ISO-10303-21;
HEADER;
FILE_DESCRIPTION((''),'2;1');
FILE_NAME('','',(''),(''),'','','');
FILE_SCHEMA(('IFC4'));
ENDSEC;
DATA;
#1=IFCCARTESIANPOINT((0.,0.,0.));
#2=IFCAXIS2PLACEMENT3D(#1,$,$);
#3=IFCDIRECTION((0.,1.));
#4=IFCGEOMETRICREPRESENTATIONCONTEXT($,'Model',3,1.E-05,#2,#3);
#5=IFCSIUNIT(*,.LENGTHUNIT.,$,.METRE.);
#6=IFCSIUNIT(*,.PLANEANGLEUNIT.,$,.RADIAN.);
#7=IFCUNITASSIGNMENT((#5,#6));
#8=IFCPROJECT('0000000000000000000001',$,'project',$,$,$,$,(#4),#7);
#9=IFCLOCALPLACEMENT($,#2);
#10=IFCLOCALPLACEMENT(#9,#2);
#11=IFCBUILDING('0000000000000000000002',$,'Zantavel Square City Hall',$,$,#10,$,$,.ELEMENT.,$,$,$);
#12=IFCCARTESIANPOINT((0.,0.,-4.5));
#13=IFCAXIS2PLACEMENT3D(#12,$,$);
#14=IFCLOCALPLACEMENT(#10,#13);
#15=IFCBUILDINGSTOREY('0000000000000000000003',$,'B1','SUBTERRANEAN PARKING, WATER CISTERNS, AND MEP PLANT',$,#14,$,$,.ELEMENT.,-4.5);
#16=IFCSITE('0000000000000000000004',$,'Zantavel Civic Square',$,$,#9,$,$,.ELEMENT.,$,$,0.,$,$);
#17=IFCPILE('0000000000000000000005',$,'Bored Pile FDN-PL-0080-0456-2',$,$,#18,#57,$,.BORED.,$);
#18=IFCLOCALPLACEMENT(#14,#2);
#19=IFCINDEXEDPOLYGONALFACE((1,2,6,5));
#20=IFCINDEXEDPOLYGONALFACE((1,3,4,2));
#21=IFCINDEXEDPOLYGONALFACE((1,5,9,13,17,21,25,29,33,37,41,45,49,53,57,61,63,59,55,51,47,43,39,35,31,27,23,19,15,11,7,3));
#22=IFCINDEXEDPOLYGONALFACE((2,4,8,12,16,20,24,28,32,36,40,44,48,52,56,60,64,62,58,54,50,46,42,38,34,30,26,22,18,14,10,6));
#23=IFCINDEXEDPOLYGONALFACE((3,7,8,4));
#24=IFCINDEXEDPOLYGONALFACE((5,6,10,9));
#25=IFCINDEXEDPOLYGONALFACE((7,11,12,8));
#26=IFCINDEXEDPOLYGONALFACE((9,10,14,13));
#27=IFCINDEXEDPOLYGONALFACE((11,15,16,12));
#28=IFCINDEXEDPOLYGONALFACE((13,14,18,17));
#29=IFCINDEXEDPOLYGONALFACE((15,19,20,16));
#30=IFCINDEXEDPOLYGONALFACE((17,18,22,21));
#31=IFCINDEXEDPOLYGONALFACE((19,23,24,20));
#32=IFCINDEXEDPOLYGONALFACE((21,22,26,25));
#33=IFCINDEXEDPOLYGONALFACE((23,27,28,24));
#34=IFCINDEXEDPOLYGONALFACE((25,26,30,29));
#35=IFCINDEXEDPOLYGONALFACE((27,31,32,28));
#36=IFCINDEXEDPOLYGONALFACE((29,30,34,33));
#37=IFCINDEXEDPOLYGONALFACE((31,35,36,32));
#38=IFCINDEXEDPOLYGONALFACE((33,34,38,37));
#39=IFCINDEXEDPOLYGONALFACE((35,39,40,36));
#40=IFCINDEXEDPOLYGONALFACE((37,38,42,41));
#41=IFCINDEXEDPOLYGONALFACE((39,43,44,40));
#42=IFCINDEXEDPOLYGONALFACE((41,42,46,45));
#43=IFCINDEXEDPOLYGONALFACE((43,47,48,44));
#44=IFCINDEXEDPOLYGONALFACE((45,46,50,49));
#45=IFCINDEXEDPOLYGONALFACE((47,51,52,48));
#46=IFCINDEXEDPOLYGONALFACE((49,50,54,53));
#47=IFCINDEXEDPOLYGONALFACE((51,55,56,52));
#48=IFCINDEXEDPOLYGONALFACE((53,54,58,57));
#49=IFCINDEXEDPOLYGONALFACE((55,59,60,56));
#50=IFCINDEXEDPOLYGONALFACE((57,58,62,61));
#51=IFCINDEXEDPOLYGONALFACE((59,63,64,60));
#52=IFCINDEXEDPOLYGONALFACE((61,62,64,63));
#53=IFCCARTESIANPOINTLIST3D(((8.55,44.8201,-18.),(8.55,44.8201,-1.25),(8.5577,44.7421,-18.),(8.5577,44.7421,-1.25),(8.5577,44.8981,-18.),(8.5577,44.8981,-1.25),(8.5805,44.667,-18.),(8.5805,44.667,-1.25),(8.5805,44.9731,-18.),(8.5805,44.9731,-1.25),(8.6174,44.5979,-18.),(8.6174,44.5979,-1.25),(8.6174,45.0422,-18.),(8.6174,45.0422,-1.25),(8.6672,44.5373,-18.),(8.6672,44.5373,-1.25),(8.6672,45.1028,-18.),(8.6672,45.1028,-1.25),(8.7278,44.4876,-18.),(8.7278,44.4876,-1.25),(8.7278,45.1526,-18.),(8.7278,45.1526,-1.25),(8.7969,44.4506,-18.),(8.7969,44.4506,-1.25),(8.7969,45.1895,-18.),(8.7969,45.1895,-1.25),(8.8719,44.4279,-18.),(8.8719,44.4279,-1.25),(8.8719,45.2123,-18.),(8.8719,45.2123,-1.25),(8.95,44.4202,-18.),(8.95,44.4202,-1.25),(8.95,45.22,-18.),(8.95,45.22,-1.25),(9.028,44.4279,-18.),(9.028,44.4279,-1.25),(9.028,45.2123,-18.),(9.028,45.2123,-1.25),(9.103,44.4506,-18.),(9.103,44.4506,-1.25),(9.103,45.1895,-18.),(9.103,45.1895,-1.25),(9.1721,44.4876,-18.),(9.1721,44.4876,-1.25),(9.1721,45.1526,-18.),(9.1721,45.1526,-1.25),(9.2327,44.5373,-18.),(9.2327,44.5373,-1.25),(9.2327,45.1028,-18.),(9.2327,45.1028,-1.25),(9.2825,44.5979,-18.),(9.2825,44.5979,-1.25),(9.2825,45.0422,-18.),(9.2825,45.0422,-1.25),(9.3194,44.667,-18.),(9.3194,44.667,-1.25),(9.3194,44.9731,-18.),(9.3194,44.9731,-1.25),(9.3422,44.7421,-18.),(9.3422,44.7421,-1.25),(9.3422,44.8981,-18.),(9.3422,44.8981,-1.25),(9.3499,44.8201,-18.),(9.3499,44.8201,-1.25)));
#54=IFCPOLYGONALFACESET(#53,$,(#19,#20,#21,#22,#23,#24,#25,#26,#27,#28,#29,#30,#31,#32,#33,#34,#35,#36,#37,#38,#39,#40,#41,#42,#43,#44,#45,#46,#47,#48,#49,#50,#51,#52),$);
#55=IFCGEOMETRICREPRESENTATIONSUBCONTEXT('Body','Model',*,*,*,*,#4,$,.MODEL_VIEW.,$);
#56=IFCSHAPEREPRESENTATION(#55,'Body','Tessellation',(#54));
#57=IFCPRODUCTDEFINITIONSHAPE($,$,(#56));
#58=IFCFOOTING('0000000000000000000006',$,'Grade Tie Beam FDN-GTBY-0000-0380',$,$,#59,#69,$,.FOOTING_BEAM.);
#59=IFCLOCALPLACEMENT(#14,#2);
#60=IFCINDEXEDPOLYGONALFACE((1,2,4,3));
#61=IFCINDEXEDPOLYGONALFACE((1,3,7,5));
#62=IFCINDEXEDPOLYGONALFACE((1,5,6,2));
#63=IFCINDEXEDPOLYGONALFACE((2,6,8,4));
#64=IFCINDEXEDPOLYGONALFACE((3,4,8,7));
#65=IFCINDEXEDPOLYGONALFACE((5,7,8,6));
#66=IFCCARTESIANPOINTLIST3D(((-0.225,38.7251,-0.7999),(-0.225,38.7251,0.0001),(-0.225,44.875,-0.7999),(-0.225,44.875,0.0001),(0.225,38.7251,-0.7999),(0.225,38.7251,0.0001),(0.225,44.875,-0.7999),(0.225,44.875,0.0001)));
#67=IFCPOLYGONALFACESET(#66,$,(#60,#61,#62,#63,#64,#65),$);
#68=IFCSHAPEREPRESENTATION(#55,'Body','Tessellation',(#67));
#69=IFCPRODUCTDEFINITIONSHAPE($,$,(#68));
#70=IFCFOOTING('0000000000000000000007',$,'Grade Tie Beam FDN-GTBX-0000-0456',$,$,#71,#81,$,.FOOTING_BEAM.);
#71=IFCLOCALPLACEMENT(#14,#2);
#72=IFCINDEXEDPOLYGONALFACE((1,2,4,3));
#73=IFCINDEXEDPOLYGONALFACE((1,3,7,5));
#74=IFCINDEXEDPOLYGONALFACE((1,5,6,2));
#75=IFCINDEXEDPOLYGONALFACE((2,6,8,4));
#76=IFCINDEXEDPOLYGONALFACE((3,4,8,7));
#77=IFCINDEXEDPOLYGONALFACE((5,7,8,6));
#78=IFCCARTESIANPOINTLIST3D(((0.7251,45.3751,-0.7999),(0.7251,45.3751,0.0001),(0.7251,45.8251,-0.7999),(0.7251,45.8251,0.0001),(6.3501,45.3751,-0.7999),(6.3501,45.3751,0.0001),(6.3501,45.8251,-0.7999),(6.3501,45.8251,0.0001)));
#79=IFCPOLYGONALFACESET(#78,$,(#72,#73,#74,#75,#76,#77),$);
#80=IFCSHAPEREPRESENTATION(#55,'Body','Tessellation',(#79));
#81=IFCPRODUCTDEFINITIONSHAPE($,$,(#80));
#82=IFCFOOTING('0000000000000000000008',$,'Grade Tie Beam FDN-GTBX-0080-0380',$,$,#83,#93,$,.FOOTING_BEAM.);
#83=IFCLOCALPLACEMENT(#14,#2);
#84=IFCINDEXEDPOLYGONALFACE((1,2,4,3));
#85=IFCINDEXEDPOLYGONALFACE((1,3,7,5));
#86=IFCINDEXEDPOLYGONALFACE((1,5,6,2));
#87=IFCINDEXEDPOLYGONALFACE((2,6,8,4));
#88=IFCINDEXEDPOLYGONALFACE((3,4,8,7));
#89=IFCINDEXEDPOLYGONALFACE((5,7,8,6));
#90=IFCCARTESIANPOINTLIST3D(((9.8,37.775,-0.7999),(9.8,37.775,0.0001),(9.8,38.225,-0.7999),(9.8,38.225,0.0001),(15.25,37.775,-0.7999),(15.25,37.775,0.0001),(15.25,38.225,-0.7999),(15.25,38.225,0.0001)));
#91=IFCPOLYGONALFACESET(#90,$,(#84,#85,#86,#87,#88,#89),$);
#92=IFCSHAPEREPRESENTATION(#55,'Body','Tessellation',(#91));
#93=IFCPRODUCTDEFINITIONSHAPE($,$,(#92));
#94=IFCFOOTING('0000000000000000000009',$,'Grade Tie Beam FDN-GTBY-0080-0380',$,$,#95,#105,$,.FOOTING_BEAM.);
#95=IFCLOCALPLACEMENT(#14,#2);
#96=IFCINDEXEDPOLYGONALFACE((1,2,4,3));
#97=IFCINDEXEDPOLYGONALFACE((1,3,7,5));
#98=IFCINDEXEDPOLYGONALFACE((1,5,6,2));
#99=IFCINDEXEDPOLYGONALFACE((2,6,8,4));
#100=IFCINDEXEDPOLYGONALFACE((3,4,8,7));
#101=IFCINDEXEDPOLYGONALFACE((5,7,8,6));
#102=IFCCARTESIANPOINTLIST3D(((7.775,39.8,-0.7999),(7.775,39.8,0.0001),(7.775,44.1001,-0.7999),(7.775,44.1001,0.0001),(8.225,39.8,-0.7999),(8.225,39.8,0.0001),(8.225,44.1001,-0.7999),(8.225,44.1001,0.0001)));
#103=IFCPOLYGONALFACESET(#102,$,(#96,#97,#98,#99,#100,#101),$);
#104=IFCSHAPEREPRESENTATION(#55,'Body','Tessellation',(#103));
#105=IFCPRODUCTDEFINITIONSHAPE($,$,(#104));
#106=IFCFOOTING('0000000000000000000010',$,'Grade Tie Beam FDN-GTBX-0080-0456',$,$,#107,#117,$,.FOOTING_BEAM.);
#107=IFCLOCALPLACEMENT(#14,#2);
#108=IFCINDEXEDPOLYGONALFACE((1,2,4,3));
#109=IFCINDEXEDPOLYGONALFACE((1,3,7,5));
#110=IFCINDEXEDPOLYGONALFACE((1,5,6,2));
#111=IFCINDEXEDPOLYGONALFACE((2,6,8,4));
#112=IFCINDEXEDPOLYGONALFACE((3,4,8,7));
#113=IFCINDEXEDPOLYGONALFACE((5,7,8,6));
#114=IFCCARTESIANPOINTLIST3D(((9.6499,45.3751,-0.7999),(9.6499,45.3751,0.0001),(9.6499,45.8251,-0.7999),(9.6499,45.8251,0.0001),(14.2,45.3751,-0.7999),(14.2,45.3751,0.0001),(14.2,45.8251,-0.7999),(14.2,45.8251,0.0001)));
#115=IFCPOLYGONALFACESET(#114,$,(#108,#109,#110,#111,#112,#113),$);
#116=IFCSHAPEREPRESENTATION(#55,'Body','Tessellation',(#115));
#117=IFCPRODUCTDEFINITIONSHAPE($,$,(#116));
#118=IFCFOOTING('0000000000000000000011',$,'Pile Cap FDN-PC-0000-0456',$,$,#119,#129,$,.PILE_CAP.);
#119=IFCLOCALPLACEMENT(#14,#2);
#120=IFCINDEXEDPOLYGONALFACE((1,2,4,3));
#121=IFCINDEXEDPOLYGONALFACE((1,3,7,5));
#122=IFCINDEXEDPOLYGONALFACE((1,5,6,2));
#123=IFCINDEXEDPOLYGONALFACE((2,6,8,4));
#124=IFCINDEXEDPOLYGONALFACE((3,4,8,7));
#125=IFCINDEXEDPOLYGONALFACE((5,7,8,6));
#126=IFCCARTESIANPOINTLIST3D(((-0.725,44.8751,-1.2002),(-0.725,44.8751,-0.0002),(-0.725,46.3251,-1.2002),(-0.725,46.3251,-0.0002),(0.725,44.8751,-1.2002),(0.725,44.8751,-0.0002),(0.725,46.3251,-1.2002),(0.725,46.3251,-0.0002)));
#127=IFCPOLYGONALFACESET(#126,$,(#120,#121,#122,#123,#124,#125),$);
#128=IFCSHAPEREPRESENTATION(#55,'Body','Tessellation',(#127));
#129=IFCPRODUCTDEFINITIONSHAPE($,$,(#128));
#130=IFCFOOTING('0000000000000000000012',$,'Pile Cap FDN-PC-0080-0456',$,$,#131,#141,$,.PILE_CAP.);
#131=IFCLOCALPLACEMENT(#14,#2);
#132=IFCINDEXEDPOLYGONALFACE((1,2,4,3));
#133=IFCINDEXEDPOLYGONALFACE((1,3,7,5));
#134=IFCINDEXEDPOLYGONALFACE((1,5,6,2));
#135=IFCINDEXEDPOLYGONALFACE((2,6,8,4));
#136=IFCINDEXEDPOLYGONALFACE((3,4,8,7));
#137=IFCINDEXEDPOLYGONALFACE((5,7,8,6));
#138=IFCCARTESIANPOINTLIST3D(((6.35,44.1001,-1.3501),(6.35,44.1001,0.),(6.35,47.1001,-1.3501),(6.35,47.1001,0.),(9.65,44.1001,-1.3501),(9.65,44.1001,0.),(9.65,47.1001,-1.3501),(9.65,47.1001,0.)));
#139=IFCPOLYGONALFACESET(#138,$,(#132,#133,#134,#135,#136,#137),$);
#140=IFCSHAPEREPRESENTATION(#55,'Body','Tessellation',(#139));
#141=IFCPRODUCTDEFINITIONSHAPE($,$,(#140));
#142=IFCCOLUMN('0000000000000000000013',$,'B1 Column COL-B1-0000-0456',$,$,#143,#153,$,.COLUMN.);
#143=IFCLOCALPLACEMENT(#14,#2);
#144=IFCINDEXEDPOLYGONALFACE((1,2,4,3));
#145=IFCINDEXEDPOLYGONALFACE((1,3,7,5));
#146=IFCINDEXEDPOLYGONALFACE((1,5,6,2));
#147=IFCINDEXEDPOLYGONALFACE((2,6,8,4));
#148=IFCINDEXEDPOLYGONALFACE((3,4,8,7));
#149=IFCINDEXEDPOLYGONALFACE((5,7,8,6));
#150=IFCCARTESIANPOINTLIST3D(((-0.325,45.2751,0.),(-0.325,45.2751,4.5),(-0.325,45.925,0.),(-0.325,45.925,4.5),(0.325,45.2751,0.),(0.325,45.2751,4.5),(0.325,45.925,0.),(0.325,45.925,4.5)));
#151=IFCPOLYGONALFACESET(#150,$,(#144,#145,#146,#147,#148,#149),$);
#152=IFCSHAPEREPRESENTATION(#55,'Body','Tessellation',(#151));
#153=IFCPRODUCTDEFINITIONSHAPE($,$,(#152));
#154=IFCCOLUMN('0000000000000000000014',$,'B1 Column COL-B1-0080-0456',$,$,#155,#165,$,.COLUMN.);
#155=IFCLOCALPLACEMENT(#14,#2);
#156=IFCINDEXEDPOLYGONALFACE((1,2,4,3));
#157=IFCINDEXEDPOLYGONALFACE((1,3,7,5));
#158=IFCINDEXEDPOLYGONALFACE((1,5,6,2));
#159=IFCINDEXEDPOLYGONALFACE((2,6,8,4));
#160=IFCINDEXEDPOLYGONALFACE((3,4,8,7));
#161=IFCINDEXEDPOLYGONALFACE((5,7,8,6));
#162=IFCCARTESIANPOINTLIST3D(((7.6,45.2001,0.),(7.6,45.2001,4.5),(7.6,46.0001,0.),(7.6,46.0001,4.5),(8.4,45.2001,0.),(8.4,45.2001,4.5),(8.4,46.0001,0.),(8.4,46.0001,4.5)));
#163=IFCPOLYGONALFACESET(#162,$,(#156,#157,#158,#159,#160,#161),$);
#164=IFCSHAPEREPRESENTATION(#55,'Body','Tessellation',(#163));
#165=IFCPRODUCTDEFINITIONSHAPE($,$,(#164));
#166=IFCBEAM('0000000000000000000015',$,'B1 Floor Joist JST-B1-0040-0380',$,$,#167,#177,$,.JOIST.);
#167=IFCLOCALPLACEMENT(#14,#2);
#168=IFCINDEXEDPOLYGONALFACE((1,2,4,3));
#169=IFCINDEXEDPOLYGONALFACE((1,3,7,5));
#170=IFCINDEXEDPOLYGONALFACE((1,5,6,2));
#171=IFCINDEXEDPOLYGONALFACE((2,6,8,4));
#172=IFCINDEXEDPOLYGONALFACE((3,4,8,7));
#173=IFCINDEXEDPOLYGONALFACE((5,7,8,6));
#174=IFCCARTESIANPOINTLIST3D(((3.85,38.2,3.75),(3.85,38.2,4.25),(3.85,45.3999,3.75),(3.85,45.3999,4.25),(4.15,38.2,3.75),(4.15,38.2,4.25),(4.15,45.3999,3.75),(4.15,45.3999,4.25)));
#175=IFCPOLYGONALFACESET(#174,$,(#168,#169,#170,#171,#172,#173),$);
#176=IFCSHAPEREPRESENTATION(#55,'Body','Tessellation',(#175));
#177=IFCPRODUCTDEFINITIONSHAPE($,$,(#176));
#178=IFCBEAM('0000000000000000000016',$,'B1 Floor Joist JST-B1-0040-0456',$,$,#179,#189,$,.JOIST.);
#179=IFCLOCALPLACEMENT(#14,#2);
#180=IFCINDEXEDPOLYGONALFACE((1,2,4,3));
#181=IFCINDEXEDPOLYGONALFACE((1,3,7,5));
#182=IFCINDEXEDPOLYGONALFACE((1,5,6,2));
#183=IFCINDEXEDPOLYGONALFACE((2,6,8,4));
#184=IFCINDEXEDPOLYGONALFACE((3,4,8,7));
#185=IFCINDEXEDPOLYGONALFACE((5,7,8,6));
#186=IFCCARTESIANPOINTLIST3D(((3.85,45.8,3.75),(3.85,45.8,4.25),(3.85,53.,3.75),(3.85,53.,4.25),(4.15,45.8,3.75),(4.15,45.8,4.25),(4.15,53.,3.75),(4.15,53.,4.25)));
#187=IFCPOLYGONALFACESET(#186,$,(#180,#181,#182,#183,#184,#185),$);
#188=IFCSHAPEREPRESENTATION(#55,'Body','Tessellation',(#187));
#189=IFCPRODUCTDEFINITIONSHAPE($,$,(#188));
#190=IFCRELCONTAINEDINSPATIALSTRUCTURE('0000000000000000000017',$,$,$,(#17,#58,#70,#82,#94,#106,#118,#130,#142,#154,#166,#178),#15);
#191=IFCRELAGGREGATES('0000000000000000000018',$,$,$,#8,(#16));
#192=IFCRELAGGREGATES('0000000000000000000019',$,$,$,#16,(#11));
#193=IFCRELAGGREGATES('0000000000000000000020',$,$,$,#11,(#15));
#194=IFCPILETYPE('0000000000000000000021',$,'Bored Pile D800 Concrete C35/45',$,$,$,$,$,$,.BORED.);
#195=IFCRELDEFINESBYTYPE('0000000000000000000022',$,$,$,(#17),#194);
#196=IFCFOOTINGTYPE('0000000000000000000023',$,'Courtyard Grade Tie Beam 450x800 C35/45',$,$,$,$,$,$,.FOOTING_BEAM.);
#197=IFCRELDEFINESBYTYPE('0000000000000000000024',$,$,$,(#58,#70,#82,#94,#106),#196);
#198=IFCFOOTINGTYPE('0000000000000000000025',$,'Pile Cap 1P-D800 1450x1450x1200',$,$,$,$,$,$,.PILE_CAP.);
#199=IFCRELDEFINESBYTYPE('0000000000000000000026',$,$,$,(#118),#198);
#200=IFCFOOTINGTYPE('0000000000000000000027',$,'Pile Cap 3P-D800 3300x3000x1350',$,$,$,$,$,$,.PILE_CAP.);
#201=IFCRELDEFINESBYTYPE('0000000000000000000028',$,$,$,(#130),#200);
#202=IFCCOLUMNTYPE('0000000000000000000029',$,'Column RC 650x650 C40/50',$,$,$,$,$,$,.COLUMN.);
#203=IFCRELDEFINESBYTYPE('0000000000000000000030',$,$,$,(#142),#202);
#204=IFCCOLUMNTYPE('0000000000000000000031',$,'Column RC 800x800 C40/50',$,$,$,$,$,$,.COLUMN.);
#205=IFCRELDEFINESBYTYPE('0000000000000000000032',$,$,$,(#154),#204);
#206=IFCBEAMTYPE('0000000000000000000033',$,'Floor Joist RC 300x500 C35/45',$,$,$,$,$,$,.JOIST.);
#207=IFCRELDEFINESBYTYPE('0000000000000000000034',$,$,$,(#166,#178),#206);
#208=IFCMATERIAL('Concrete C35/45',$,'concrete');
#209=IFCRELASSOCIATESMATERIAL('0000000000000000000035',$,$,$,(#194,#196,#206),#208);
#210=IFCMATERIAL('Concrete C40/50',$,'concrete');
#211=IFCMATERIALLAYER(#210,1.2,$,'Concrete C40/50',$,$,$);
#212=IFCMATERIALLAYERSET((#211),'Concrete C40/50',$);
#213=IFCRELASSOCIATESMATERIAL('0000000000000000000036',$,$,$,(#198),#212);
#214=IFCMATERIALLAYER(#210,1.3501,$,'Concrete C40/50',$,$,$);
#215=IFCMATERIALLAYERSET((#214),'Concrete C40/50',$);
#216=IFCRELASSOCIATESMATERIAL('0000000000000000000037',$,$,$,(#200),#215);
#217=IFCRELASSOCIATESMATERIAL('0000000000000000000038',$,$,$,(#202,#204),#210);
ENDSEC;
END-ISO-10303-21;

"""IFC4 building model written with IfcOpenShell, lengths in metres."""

from ifc_helpers import new_model, si_unit, direction, frame, origin, origin_2d, place, context, subcontext, project, spatial, rectangle, circle, extrude, material, layer, layer_set, material_profile, profile_set, type_object, element, save


model = new_model("IFC4")

# Units and contexts
model_context = context("Model", 3, precision=1e-05, world=origin(), true_north=direction((0.0, 1.0)))
body_context = subcontext(model_context, "Body", "Model", "MODEL_VIEW")
ifc_project = project(units=[si_unit("LENGTHUNIT", "METRE"), si_unit("PLANEANGLEUNIT", "RADIAN")], contexts=[model_context])

# Site, building, storey
site_placement = place(None, origin())
site = spatial("IfcSite", under=ifc_project, at=site_placement, Name="Zantavel Civic Square", CompositionType="ELEMENT", RefElevation=0.0)
building_placement = place(site_placement, origin())
building = spatial("IfcBuilding", under=site, at=building_placement, Name="Zantavel Square City Hall", CompositionType="ELEMENT")
storey_placement = place(building_placement, frame((0.0, 0.0, -4.5)))
storey = spatial("IfcBuildingStorey", under=building, at=storey_placement, Name="B1", Description="SUBTERRANEAN PARKING, WATER CISTERNS, AND MEP PLANT", CompositionType="ELEMENT", Elevation=-4.5)

# Pile
ifc_material_1 = material(Name="Concrete C35/45", Category="concrete")
ifc_material_profile_1 = material_profile(ifc_material_1, circle(Radius=0.3999, at=origin_2d()), Name="PILE D800")
ifc_profile_set_1 = profile_set([ifc_material_profile_1], Name="Concrete C35/45")
pile_type = type_object("IfcPileType", Name="Bored Pile D800 Concrete C35/45", PredefinedType="BORED", material=ifc_profile_set_1)
for number, where, z_axis, x_axis, name in (
    (1, (8.95, 44.8201, -1.25), (0.0, 0.0, -1.0), (1.0, 0.0, 0.0), "Bored Pile FDN-PL-0080-0456-2"),
):
    element("IfcPile", number, at=place(storey_placement, frame(where, z_axis=z_axis, x_axis=x_axis)), inside=storey, type_object=pile_type, Name=name, PredefinedType="BORED", context=body_context, shape_type="SweptSolid", body=[
        extrude(circle(Radius=0.3999, at=origin_2d()), origin(), (0.0, 0.0, 1.0), 16.75),
    ])

# Footings
ifc_material_profile_2 = material_profile(ifc_material_1, rectangle(XDim=0.45, YDim=0.8, at=origin_2d()), Name="RC 450x800")
ifc_profile_set_2 = profile_set([ifc_material_profile_2], Name="Concrete C35/45")
footing_type_1 = type_object("IfcFootingType", Name="Courtyard Grade Tie Beam 450x800 C35/45", PredefinedType="FOOTING_BEAM", material=ifc_profile_set_2)
footing_1_placement = place(storey_placement, frame((0.0, 38.7251, -0.3999), z_axis=(0.0, 1.0, 0.0), x_axis=(-1.0, 0.0, 0.0)))
element("IfcFooting", 2, at=footing_1_placement, inside=storey, type_object=footing_type_1, Name="Grade Tie Beam FDN-GTBY-0000-0380", PredefinedType="FOOTING_BEAM", context=body_context, shape_type="SweptSolid", body=[
    extrude(rectangle(XDim=0.45, YDim=0.8, at=origin_2d()), origin(), (0.0, 0.0, 1.0), 6.1499),
])
footing_2_placement = place(storey_placement, frame((0.7251, 45.6001, -0.3999), z_axis=(1.0, 0.0, 0.0), x_axis=(0.0, 1.0, 0.0)))
element("IfcFooting", 3, at=footing_2_placement, inside=storey, type_object=footing_type_1, Name="Grade Tie Beam FDN-GTBX-0000-0456", PredefinedType="FOOTING_BEAM", context=body_context, shape_type="SweptSolid", body=[
    extrude(rectangle(XDim=0.45, YDim=0.8, at=origin_2d()), origin(), (0.0, 0.0, 1.0), 5.625),
])
footing_3_placement = place(storey_placement, frame((9.8, 38.0, -0.3999), z_axis=(1.0, 0.0, 0.0), x_axis=(0.0, 1.0, 0.0)))
element("IfcFooting", 4, at=footing_3_placement, inside=storey, type_object=footing_type_1, Name="Grade Tie Beam FDN-GTBX-0080-0380", PredefinedType="FOOTING_BEAM", context=body_context, shape_type="SweptSolid", body=[
    extrude(rectangle(XDim=0.45, YDim=0.8, at=origin_2d()), origin(), (0.0, 0.0, 1.0), 5.45),
])
footing_4_placement = place(storey_placement, frame((8.0, 39.8, -0.3999), z_axis=(0.0, 1.0, 0.0), x_axis=(-1.0, 0.0, 0.0)))
element("IfcFooting", 5, at=footing_4_placement, inside=storey, type_object=footing_type_1, Name="Grade Tie Beam FDN-GTBY-0080-0380", PredefinedType="FOOTING_BEAM", context=body_context, shape_type="SweptSolid", body=[
    extrude(rectangle(XDim=0.45, YDim=0.8, at=origin_2d()), origin(), (0.0, 0.0, 1.0), 4.3),
])
footing_5_placement = place(storey_placement, frame((9.6499, 45.6001, -0.3999), z_axis=(1.0, 0.0, 0.0), x_axis=(0.0, 1.0, 0.0)))
element("IfcFooting", 6, at=footing_5_placement, inside=storey, type_object=footing_type_1, Name="Grade Tie Beam FDN-GTBX-0080-0456", PredefinedType="FOOTING_BEAM", context=body_context, shape_type="SweptSolid", body=[
    extrude(rectangle(XDim=0.45, YDim=0.8, at=origin_2d()), origin(), (0.0, 0.0, 1.0), 4.55),
])
ifc_material_2 = material(Name="Concrete C40/50", Category="concrete")
ifc_layer_1 = layer(ifc_material_2, 1.2, Name="Concrete C40/50")
ifc_layer_set_1 = layer_set([ifc_layer_1], Name="Concrete C40/50")
footing_type_2 = type_object("IfcFootingType", Name="Pile Cap 1P-D800 1450x1450x1200", PredefinedType="PILE_CAP", material=ifc_layer_set_1)
footing_6_placement = place(storey_placement, frame((0.0, 45.6001, -1.2002), z_axis=(0.0, 0.0, 1.0), x_axis=(1.0, 0.0, 0.0)))
element("IfcFooting", 7, at=footing_6_placement, inside=storey, type_object=footing_type_2, Name="Pile Cap FDN-PC-0000-0456", PredefinedType="PILE_CAP", context=body_context, shape_type="SweptSolid", body=[
    extrude(rectangle(XDim=1.45, YDim=1.45, at=origin_2d()), origin(), (0.0, 0.0, 1.0), 1.2),
])
ifc_layer_2 = layer(ifc_material_2, 1.3501, Name="Concrete C40/50")
ifc_layer_set_2 = layer_set([ifc_layer_2], Name="Concrete C40/50")
footing_type_3 = type_object("IfcFootingType", Name="Pile Cap 3P-D800 3300x3000x1350", PredefinedType="PILE_CAP", material=ifc_layer_set_2)
footing_7_placement = place(storey_placement, frame((8.0, 45.6001, -1.3501), z_axis=(0.0, 0.0, 1.0), x_axis=(1.0, 0.0, 0.0)))
element("IfcFooting", 8, at=footing_7_placement, inside=storey, type_object=footing_type_3, Name="Pile Cap FDN-PC-0080-0456", PredefinedType="PILE_CAP", context=body_context, shape_type="SweptSolid", body=[
    extrude(rectangle(XDim=3.3, YDim=3.0, at=origin_2d()), origin(), (0.0, 0.0, 1.0), 1.3501),
])

# Columns
ifc_material_profile_3 = material_profile(ifc_material_2, rectangle(XDim=0.6499, YDim=0.6499, at=origin_2d()), Name="RC 650x650")
ifc_profile_set_3 = profile_set([ifc_material_profile_3], Name="Concrete C40/50")
column_type_1 = type_object("IfcColumnType", Name="Column RC 650x650 C40/50", PredefinedType="COLUMN", material=ifc_profile_set_3)
column_1_placement = place(storey_placement, frame((0.0, 45.6001, 0.0), z_axis=(0.0, 0.0, 1.0), x_axis=(1.0, 0.0, 0.0)))
element("IfcColumn", 9, at=column_1_placement, inside=storey, type_object=column_type_1, Name="B1 Column COL-B1-0000-0456", PredefinedType="COLUMN", context=body_context, shape_type="SweptSolid", body=[
    extrude(rectangle(XDim=0.6499, YDim=0.6499, at=origin_2d()), origin(), (0.0, 0.0, 1.0), 4.5),
])
ifc_material_profile_4 = material_profile(ifc_material_2, rectangle(XDim=0.8, YDim=0.8, at=origin_2d()), Name="RC 800x800")
ifc_profile_set_4 = profile_set([ifc_material_profile_4], Name="Concrete C40/50")
column_type_2 = type_object("IfcColumnType", Name="Column RC 800x800 C40/50", PredefinedType="COLUMN", material=ifc_profile_set_4)
column_2_placement = place(storey_placement, frame((8.0, 45.6001, 0.0), z_axis=(0.0, 0.0, 1.0), x_axis=(1.0, 0.0, 0.0)))
element("IfcColumn", 10, at=column_2_placement, inside=storey, type_object=column_type_2, Name="B1 Column COL-B1-0080-0456", PredefinedType="COLUMN", context=body_context, shape_type="SweptSolid", body=[
    extrude(rectangle(XDim=0.8, YDim=0.8, at=origin_2d()), origin(), (0.0, 0.0, 1.0), 4.5),
])

# Beams
ifc_material_profile_5 = material_profile(ifc_material_1, rectangle(XDim=0.3, YDim=0.5, at=origin_2d()), Name="RC 300x500")
ifc_profile_set_5 = profile_set([ifc_material_profile_5], Name="Concrete C35/45")
beam_type_1 = type_object("IfcBeamType", Name="Floor Joist RC 300x500 C35/45", PredefinedType="JOIST", material=ifc_profile_set_5)
for number, where, z_axis, x_axis, name in (
    (11, (4.0, 38.2, 4.0), (0.0, 1.0, 0.0), (-1.0, 0.0, 0.0), "B1 Floor Joist JST-B1-0040-0380"),
    (12, (4.0, 45.8, 4.0), (0.0, 1.0, 0.0), (-1.0, 0.0, 0.0), "B1 Floor Joist JST-B1-0040-0456"),
):
    element("IfcBeam", number, at=place(storey_placement, frame(where, z_axis=z_axis, x_axis=x_axis)), inside=storey, type_object=beam_type_1, Name=name, PredefinedType="JOIST", context=body_context, shape_type="SweptSolid", body=[
        extrude(rectangle(XDim=0.3, YDim=0.5, at=origin_2d()), origin(), (0.0, 0.0, 1.0), 7.2),
    ])

save(model, "model.ifc")
